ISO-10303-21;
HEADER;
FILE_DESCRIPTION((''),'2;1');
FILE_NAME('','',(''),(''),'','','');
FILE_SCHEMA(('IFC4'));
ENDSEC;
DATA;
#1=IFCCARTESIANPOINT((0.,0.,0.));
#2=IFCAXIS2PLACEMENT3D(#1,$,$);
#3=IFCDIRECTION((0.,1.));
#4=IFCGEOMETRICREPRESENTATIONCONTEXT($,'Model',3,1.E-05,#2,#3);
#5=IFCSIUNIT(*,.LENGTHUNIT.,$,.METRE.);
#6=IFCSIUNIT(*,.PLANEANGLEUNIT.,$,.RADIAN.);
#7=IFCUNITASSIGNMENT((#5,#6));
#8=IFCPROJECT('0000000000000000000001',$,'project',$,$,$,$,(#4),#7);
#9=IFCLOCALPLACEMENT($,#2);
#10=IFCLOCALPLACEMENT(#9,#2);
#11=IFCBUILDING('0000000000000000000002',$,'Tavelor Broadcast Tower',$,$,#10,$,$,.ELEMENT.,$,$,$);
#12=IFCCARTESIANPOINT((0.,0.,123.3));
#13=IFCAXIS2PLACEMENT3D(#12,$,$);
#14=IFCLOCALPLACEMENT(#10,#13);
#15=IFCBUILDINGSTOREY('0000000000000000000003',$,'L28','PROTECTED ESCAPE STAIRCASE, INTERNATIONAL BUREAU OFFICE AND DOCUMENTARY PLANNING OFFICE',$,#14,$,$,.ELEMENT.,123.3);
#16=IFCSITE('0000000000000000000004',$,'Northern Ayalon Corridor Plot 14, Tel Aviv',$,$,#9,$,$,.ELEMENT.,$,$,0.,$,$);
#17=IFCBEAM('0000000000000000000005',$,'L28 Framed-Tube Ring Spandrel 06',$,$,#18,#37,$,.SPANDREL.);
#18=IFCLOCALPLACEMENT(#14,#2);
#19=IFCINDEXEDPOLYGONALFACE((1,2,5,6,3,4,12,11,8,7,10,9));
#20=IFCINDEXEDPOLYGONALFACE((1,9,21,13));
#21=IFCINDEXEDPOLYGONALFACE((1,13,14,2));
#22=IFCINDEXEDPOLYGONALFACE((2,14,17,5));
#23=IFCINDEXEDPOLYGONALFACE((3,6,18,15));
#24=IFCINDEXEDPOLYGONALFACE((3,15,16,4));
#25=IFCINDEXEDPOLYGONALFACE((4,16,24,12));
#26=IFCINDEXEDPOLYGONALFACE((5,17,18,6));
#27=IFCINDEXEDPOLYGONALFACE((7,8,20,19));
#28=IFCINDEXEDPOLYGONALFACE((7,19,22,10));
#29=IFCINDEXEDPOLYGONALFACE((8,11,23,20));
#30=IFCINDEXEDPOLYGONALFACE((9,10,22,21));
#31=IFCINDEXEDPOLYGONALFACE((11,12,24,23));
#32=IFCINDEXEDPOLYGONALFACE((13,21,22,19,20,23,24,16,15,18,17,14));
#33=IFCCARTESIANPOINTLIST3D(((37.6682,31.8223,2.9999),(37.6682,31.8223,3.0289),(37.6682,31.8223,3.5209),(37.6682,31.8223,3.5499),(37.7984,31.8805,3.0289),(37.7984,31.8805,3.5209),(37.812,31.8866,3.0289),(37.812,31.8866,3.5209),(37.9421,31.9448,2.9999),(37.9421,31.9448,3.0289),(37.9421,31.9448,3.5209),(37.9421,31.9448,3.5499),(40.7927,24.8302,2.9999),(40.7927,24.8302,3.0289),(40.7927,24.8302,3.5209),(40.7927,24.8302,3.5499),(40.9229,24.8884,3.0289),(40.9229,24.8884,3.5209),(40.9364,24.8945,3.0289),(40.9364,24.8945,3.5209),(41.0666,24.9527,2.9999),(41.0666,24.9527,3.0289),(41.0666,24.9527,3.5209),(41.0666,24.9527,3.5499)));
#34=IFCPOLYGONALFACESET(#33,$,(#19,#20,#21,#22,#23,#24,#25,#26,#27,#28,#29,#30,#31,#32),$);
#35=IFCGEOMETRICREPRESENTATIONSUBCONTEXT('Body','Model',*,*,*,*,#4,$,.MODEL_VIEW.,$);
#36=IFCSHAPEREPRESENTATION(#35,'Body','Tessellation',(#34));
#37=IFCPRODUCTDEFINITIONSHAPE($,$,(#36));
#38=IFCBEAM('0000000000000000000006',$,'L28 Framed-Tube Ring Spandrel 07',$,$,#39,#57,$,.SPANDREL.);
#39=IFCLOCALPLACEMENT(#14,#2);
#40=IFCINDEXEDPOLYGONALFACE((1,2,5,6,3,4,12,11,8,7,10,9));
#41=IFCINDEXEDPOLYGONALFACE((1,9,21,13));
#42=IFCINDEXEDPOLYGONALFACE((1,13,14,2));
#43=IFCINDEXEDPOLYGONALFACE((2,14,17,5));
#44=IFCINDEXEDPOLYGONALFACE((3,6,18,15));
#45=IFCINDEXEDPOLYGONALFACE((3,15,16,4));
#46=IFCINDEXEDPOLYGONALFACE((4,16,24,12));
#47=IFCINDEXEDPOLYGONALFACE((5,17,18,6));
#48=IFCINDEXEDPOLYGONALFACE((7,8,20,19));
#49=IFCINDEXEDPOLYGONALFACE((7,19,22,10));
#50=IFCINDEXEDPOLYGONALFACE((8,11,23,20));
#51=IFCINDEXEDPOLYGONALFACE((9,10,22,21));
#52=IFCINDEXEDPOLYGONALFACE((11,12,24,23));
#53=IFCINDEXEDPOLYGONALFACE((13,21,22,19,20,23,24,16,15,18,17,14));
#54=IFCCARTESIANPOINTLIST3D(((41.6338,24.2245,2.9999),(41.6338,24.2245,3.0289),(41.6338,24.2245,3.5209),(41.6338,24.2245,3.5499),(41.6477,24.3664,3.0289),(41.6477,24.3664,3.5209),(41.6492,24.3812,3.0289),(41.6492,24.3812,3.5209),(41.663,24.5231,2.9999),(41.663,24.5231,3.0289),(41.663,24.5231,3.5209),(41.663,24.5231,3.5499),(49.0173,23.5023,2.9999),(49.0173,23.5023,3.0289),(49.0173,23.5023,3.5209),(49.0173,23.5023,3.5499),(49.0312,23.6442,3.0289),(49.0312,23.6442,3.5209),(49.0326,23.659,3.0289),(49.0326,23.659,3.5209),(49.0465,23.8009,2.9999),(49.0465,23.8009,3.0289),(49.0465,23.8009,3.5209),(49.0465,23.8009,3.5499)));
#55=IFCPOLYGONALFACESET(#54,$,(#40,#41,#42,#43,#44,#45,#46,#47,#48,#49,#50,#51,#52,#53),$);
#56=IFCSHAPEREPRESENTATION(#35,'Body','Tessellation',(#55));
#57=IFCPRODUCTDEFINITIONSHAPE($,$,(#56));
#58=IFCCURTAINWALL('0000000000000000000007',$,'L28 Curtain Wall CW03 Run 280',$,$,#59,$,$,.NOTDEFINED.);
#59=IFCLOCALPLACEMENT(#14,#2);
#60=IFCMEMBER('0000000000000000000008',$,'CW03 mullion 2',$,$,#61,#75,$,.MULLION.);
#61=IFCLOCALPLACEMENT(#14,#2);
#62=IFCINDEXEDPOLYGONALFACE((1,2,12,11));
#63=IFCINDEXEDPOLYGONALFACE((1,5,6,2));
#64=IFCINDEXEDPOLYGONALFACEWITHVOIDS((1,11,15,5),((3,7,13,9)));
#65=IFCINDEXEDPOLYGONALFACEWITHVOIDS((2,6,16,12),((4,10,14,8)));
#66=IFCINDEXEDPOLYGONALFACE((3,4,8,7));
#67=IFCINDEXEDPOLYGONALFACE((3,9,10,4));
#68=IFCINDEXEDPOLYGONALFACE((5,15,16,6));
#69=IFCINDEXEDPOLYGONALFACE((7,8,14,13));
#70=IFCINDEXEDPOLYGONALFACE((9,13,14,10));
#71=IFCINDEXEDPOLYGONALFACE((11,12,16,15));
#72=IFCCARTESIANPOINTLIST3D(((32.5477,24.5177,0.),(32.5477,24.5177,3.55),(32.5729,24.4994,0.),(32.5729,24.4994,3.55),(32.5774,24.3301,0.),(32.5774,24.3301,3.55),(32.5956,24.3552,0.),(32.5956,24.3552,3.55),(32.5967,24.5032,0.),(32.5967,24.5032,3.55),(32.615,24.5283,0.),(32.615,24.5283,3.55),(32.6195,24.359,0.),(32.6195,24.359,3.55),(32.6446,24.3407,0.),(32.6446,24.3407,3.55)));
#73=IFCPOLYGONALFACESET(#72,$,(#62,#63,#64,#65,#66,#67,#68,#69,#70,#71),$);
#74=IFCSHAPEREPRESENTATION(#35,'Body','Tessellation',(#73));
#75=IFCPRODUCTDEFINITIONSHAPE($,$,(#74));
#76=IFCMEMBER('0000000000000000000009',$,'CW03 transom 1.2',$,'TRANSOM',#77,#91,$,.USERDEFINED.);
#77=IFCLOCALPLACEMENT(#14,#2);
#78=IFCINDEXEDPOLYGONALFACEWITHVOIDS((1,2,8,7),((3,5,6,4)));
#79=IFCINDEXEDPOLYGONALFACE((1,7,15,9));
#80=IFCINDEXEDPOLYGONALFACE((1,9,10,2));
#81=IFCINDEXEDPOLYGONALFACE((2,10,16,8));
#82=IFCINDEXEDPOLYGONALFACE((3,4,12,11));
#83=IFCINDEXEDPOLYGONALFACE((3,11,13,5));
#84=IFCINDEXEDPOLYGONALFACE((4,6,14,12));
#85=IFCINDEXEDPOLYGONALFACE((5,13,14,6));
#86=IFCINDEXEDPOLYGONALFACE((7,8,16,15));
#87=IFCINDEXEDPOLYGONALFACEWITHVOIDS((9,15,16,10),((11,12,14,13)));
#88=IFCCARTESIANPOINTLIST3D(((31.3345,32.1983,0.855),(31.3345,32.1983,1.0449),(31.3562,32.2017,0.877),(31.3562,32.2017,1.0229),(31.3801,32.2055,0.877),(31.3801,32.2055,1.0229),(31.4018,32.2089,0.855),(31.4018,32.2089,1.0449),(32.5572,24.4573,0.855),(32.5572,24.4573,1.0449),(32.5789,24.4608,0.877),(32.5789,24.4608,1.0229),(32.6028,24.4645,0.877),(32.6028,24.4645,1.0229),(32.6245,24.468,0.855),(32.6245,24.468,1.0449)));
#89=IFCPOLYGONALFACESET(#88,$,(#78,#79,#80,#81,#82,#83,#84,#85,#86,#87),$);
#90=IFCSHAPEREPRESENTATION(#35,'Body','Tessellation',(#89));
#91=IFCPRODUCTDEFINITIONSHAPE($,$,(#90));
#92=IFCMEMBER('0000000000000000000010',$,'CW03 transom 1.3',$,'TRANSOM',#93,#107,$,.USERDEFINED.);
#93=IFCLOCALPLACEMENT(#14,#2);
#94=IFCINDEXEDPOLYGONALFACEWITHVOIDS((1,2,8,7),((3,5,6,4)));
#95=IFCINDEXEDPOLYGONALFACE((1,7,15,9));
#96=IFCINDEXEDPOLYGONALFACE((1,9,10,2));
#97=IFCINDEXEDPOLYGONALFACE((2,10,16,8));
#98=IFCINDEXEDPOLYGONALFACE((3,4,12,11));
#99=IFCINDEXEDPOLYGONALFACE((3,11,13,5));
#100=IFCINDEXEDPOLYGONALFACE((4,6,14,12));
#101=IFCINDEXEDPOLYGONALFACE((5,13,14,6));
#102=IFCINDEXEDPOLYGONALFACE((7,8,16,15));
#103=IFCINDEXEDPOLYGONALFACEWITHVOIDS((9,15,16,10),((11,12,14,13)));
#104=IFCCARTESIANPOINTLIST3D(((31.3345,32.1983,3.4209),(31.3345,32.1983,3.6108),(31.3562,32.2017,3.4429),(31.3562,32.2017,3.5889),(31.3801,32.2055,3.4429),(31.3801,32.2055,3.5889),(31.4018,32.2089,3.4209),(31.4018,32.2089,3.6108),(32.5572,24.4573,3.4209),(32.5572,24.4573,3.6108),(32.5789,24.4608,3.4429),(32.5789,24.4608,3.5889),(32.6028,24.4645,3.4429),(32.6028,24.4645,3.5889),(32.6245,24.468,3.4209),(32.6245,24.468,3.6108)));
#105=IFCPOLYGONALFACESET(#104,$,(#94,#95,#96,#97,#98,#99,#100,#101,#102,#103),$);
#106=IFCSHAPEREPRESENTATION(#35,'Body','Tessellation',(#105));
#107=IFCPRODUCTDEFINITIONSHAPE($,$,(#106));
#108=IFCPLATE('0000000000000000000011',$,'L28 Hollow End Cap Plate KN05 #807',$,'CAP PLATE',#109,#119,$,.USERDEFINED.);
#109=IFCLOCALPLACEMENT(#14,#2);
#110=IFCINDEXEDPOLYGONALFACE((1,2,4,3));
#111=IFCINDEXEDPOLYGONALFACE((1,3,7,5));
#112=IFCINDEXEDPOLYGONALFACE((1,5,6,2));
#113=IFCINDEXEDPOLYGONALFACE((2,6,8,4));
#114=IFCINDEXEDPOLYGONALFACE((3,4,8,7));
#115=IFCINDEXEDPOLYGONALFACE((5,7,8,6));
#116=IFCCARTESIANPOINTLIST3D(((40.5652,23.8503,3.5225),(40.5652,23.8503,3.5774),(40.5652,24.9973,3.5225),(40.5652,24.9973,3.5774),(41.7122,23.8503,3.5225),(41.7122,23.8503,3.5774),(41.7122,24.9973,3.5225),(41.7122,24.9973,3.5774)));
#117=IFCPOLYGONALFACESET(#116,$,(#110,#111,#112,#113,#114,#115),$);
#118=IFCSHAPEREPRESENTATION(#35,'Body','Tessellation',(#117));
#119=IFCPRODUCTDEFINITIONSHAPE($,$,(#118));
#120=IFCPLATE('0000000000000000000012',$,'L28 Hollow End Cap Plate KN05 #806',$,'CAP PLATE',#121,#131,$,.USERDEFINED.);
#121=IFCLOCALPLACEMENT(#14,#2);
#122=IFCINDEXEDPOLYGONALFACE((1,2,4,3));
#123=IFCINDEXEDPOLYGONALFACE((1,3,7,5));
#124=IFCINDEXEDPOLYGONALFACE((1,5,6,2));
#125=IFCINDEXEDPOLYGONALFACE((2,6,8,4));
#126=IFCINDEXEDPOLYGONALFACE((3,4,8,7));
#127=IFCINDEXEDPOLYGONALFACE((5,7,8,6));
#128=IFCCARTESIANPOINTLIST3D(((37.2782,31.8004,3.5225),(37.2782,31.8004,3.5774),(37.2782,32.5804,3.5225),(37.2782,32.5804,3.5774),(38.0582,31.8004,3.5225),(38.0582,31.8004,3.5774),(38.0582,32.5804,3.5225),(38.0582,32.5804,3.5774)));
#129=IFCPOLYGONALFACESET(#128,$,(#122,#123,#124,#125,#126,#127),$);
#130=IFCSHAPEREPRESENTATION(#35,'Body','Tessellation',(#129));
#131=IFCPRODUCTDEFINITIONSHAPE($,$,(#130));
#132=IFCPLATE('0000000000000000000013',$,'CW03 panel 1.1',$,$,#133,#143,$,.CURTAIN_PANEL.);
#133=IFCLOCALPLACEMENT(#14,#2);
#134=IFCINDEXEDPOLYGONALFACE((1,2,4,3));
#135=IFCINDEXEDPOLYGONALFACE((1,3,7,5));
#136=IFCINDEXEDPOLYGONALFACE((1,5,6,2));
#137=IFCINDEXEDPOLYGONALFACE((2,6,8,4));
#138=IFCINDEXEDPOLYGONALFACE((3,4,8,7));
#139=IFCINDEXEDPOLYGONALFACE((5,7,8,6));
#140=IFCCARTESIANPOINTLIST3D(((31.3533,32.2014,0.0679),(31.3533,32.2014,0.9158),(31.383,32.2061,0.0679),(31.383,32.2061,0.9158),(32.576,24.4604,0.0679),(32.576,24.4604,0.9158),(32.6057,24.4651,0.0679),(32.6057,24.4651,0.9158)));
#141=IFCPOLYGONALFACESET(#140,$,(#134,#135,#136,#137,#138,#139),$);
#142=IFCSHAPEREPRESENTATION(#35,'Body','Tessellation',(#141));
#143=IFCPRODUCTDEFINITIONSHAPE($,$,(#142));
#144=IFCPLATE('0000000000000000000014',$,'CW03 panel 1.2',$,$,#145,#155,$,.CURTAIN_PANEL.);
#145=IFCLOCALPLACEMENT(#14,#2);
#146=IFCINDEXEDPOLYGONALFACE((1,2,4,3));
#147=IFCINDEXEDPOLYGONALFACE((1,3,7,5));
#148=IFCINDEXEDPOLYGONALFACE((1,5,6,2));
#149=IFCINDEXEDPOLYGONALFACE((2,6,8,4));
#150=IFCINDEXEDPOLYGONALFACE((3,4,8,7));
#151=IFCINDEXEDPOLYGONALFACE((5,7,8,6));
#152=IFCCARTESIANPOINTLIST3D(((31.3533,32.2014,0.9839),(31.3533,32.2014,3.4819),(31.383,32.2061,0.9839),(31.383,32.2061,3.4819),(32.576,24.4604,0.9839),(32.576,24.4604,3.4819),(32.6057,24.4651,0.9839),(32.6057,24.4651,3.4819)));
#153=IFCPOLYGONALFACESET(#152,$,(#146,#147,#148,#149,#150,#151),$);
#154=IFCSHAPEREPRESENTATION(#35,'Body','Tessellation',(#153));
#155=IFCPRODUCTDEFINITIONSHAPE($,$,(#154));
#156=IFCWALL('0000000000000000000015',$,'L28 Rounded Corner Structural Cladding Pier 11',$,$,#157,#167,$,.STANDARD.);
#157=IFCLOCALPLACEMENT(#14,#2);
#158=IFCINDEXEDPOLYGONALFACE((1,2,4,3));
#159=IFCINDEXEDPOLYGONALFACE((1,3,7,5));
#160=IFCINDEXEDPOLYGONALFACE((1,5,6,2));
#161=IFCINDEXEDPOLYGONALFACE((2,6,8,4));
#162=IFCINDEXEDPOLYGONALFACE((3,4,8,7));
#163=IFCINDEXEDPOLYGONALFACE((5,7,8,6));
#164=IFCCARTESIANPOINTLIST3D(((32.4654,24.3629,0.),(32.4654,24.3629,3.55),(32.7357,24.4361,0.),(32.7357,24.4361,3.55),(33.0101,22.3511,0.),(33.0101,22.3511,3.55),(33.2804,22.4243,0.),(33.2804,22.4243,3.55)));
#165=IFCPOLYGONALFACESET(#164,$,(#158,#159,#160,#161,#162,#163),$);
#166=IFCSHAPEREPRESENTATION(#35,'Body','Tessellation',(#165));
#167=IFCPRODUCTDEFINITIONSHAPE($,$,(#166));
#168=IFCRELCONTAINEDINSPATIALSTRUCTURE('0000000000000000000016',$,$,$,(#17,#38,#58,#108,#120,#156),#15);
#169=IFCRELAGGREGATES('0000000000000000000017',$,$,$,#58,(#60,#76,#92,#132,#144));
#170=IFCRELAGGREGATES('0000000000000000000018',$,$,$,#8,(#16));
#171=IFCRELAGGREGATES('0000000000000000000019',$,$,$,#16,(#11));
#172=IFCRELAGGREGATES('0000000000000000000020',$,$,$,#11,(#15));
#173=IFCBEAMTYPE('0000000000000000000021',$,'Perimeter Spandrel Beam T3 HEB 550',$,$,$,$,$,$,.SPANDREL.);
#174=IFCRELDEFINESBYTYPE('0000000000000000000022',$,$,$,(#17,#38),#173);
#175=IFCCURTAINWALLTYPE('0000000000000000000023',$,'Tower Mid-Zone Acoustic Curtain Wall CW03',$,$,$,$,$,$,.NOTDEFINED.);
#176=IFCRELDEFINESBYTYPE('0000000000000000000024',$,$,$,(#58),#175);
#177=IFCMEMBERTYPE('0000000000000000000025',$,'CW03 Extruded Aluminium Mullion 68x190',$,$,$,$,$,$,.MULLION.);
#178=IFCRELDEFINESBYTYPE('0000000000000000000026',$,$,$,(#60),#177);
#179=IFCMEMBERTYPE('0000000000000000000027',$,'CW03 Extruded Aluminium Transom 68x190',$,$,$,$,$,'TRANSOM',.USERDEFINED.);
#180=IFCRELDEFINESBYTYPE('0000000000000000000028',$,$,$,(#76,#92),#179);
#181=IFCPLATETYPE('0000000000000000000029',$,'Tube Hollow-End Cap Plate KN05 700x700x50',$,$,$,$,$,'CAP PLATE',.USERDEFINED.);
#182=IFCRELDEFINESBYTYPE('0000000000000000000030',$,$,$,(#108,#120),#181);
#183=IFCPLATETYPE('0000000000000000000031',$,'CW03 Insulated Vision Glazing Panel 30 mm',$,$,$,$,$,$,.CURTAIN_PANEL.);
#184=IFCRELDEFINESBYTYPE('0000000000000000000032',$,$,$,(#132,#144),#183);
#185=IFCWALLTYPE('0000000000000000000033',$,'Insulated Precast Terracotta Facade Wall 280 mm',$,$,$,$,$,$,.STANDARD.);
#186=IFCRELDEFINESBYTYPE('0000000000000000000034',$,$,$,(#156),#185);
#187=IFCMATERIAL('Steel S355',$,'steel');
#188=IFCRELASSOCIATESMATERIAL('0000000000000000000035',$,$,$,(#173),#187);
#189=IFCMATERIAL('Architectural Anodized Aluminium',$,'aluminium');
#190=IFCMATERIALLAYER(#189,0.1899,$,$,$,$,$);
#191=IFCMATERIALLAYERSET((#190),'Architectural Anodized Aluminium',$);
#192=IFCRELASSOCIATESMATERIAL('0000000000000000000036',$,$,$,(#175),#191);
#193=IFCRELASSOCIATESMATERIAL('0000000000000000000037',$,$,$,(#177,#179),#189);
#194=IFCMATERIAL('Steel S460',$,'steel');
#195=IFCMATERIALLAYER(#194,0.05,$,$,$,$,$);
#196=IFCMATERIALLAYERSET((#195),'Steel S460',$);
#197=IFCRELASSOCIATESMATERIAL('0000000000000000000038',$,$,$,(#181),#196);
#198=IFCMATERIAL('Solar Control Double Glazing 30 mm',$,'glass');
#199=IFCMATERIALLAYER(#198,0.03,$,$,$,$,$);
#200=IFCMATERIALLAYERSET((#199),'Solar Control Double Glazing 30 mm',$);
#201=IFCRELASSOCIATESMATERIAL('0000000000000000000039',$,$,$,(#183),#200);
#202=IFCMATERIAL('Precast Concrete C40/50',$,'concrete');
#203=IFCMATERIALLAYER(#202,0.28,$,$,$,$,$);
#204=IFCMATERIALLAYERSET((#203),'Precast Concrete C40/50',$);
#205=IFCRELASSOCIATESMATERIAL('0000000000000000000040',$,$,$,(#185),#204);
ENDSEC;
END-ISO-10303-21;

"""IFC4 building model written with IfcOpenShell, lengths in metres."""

from ifc_helpers import new_model, si_unit, direction, frame, frame_2d, origin, origin_2d, place, context, subcontext, project, spatial, rectangle, hollow_rectangle, i_section, extrude, source, transform, mapped, material, layer, layer_set, material_profile, profile_set, type_object, type_shapes, element, aggregate, save


model = new_model("IFC4")

# Units and contexts
model_context = context("Model", 3, precision=1e-05, world=origin(), true_north=direction((0.0, 1.0)))
body_context = subcontext(model_context, "Body", "Model", "MODEL_VIEW")
ifc_project = project(units=[si_unit("LENGTHUNIT", "METRE"), si_unit("PLANEANGLEUNIT", "RADIAN")], contexts=[model_context])

# Site, building, storey
site_placement = place(None, origin())
site = spatial("IfcSite", under=ifc_project, at=site_placement, Name="Northern Ayalon Corridor Plot 14, Tel Aviv", CompositionType="ELEMENT", RefElevation=0.0)
building_placement = place(site_placement, origin())
building = spatial("IfcBuilding", under=site, at=building_placement, Name="Tavelor Broadcast Tower", CompositionType="ELEMENT")
storey_placement = place(building_placement, frame((0.0, 0.0, 123.3)))
storey = spatial("IfcBuildingStorey", under=building, at=storey_placement, Name="L28", Description="PROTECTED ESCAPE STAIRCASE, INTERNATIONAL BUREAU OFFICE AND DOCUMENTARY PLANNING OFFICE", CompositionType="ELEMENT", Elevation=123.3)

# Shared definitions
ifc_material_1 = material(Name="Steel S460", Category="steel")

# Beams
ifc_material_2 = material(Name="Steel S355", Category="steel")
ifc_material_profile_1 = material_profile(ifc_material_2, i_section(OverallWidth=0.3, OverallDepth=0.55, WebThickness=0.0149, FlangeThickness=0.0291, at=origin_2d()), Name="HEB 550")
ifc_profile_set_1 = profile_set([ifc_material_profile_1], Name="Steel S355")
beam_type_1 = type_object("IfcBeamType", Name="Perimeter Spandrel Beam T3 HEB 550", PredefinedType="SPANDREL", material=ifc_profile_set_1)
beam_1_placement = place(storey_placement, frame((37.8052, 31.8835, 3.2749), z_axis=(0.407977, -0.912992, 0.0), x_axis=(0.912992, 0.407977, 0.0)))
element("IfcBeam", 1, at=beam_1_placement, inside=storey, type_object=beam_type_1, Name="L28 Framed-Tube Ring Spandrel 06", PredefinedType="SPANDREL", context=body_context, shape_type="SweptSolid", body=[
    extrude(i_section(OverallWidth=0.3, OverallDepth=0.55, WebThickness=0.0149, FlangeThickness=0.0291, at=origin_2d()), origin(), (0.0, 0.0, 1.0), 7.6584),
])
beam_2_placement = place(storey_placement, frame((41.6484, 24.3738, 3.2749), z_axis=(0.995251, -0.097343, 0.0), x_axis=(0.097343, 0.995251, 0.0)))
element("IfcBeam", 2, at=beam_2_placement, inside=storey, type_object=beam_type_1, Name="L28 Framed-Tube Ring Spandrel 07", PredefinedType="SPANDREL", context=body_context, shape_type="SweptSolid", body=[
    extrude(i_section(OverallWidth=0.3, OverallDepth=0.55, WebThickness=0.0149, FlangeThickness=0.0291, at=origin_2d()), origin(), (0.0, 0.0, 1.0), 7.4187),
])

# Curtain wall, members
ifc_material_3 = material(Name="Architectural Anodized Aluminium", Category="aluminium")
ifc_layer_1 = layer(ifc_material_3, 0.1899)
ifc_layer_set_1 = layer_set([ifc_layer_1], Name="Architectural Anodized Aluminium")
curtain_wall_type = type_object("IfcCurtainWallType", Name="Tower Mid-Zone Acoustic Curtain Wall CW03", PredefinedType="NOTDEFINED", material=ifc_layer_set_1)
curtain_wall_placement = place(storey_placement, origin())
curtain_wall = element("IfcCurtainWall", 3, at=curtain_wall_placement, inside=storey, type_object=curtain_wall_type, Name="L28 Curtain Wall CW03 Run 280", PredefinedType="NOTDEFINED")
ifc_material_profile_2 = material_profile(ifc_material_3, hollow_rectangle(XDim=0.0681, YDim=0.1899, WallThickness=0.022, at=origin_2d()), Name="RHS 68x190x22")
ifc_profile_set_2 = profile_set([ifc_material_profile_2], Name="Architectural Anodized Aluminium")
member_type_1 = type_object("IfcMemberType", Name="CW03 Extruded Aluminium Mullion 68x190", PredefinedType="MULLION", material=ifc_profile_set_2)
shared_shape_1 = source(origin(), body_context, "Body", "SweptSolid", [
    extrude(hollow_rectangle(XDim=0.0681, YDim=0.1899, WallThickness=0.022, at=origin_2d()), origin(), (0.0, 0.0, 1.0), 3.55),
])
type_shapes(member_type_1, [shared_shape_1])
member_1_placement = place(storey_placement, frame((32.5962, 24.4292, 0.0), z_axis=(0.0, 0.0, 1.0), x_axis=(0.987755, 0.156015, 0.0)))
member_1 = element("IfcMember", 4, at=member_1_placement, type_object=member_type_1, Name="CW03 mullion 2", PredefinedType="MULLION", context=body_context, shape_type="MappedRepresentation", body=[
    mapped(shared_shape_1, transform((0.0, 0.0, 0.0), scale=1.0)),
])
ifc_material_profile_3 = material_profile(ifc_material_3, hollow_rectangle(XDim=0.0681, YDim=0.1899, WallThickness=0.022, at=origin_2d()), Name="RHS 68x190x22")
ifc_profile_set_3 = profile_set([ifc_material_profile_3], Name="Architectural Anodized Aluminium")
member_type_2 = type_object("IfcMemberType", Name="CW03 Extruded Aluminium Transom 68x190", ElementType="TRANSOM", PredefinedType="USERDEFINED", material=ifc_profile_set_3)
shared_shape_2 = source(origin(), body_context, "Body", "SweptSolid", [
    extrude(hollow_rectangle(XDim=0.0681, YDim=0.1899, WallThickness=0.022, at=origin_2d()), origin(), (0.0, 0.0, 1.0), 7.8369),
])
type_shapes(member_type_2, [shared_shape_2])
member_2_placement = place(storey_placement, frame((31.3682, 32.2036, 0.95), z_axis=(0.156012, -0.987755, 0.0), x_axis=(0.987755, 0.156012, 0.0)))
member_2 = element("IfcMember", 5, at=member_2_placement, type_object=member_type_2, Name="CW03 transom 1.2", ObjectType="TRANSOM", PredefinedType="USERDEFINED", context=body_context, shape_type="MappedRepresentation", body=[
    mapped(shared_shape_2, transform((0.0, 0.0, 0.0), scale=1.0)),
])
member_3_placement = place(storey_placement, frame((31.3682, 32.2036, 3.5159), z_axis=(0.156012, -0.987755, 0.0), x_axis=(0.987755, 0.156012, 0.0)))
member_3 = element("IfcMember", 6, at=member_3_placement, type_object=member_type_2, Name="CW03 transom 1.3", ObjectType="TRANSOM", PredefinedType="USERDEFINED", context=body_context, shape_type="MappedRepresentation", body=[
    mapped(shared_shape_2, transform((0.0, 0.0, 0.0), scale=1.0)),
])

# Plates
ifc_layer_2 = layer(ifc_material_1, 0.05)
ifc_layer_set_2 = layer_set([ifc_layer_2], Name="Steel S460")
plate_type_1 = type_object("IfcPlateType", Name="Tube Hollow-End Cap Plate KN05 700x700x50", ElementType="CAP PLATE", PredefinedType="USERDEFINED", material=ifc_layer_set_2)
shared_shape_3 = source(origin(), body_context, "Body", "SweptSolid", [
    extrude(rectangle(XDim=1.147, YDim=1.147, at=origin_2d()), origin(), (0.0, 0.0, 1.0), 0.0549),
])
plate_1_placement = place(storey_placement, frame((41.1387, 24.4238, 3.5225), z_axis=(0.0, 0.0, 1.0), x_axis=(1.0, 0.0, 0.0)))
element("IfcPlate", 7, at=plate_1_placement, inside=storey, type_object=plate_type_1, Name="L28 Hollow End Cap Plate KN05 #807", ObjectType="CAP PLATE", PredefinedType="USERDEFINED", context=body_context, shape_type="MappedRepresentation", body=[
    mapped(shared_shape_3, transform((0.0, 0.0, 0.0), scale=1.0)),
])
shared_shape_4 = source(origin(), body_context, "Body", "SweptSolid", [
    extrude(rectangle(XDim=0.78, YDim=0.78, at=origin_2d()), origin(), (0.0, 0.0, 1.0), 0.0549),
])
type_shapes(plate_type_1, [shared_shape_3, shared_shape_4])
plate_2_placement = place(storey_placement, frame((37.6682, 32.1904, 3.5225), z_axis=(0.0, 0.0, 1.0), x_axis=(1.0, 0.0, 0.0)))
element("IfcPlate", 8, at=plate_2_placement, inside=storey, type_object=plate_type_1, Name="L28 Hollow End Cap Plate KN05 #806", ObjectType="CAP PLATE", PredefinedType="USERDEFINED", context=body_context, shape_type="MappedRepresentation", body=[
    mapped(shared_shape_4, transform((0.0, 0.0, 0.0), scale=1.0)),
])

# Plates
ifc_material_4 = material(Name="Solar Control Double Glazing 30 mm", Category="glass")
ifc_layer_3 = layer(ifc_material_4, 0.03)
ifc_layer_set_3 = layer_set([ifc_layer_3], Name="Solar Control Double Glazing 30 mm")
plate_type_2 = type_object("IfcPlateType", Name="CW03 Insulated Vision Glazing Panel 30 mm", PredefinedType="CURTAIN_PANEL", material=ifc_layer_set_3)
shared_shape_5 = source(origin(), body_context, "Body", "SweptSolid", [
    extrude(rectangle(XDim=7.8369, YDim=0.03, at=origin_2d()), origin(), (0.0, 0.0, 1.0), 0.8479),
])
plate_3_placement = place(storey_placement, frame((31.9795, 28.3333, 0.0679), z_axis=(0.0, 0.0, 1.0), x_axis=(0.156015, -0.987755, 0.0)))
plate_3 = element("IfcPlate", 9, at=plate_3_placement, type_object=plate_type_2, Name="CW03 panel 1.1", PredefinedType="CURTAIN_PANEL", context=body_context, shape_type="MappedRepresentation", body=[
    mapped(shared_shape_5, transform((0.0, 0.0, 0.0), scale=1.0)),
])
shared_shape_6 = source(origin(), body_context, "Body", "SweptSolid", [
    extrude(rectangle(XDim=7.8369, YDim=0.03, at=origin_2d()), origin(), (0.0, 0.0, 1.0), 2.498),
])
type_shapes(plate_type_2, [shared_shape_5, shared_shape_6])
plate_4_placement = place(storey_placement, frame((31.9795, 28.3333, 0.9839), z_axis=(0.0, 0.0, 1.0), x_axis=(0.156015, -0.987755, 0.0)))
plate_4 = element("IfcPlate", 10, at=plate_4_placement, type_object=plate_type_2, Name="CW03 panel 1.2", PredefinedType="CURTAIN_PANEL", context=body_context, shape_type="MappedRepresentation", body=[
    mapped(shared_shape_6, transform((0.0, 0.0, 0.0), scale=1.0)),
])
aggregate(curtain_wall, [member_1, member_2, member_3, plate_3, plate_4])

# Wall
ifc_material_5 = material(Name="Precast Concrete C40/50", Category="concrete")
ifc_layer_4 = layer(ifc_material_5, 0.28)
ifc_layer_set_4 = layer_set([ifc_layer_4], Name="Precast Concrete C40/50")
wall_type_1 = type_object("IfcWallType", Name="Insulated Precast Terracotta Facade Wall 280 mm", PredefinedType="STANDARD", material=ifc_layer_set_4)
wall_1_placement = place(storey_placement, frame((32.6006, 24.3994, 0.0), z_axis=(0.0, 0.0, 1.0), x_axis=(0.261343, -0.965246, 0.0)))
element("IfcWall", 11, at=wall_1_placement, inside=storey, type_object=wall_type_1, Name="L28 Rounded Corner Structural Cladding Pier 11", PredefinedType="STANDARD", context=body_context, shape_type="SweptSolid", body=[
    extrude(rectangle(XDim=2.0842, YDim=0.28, at=frame_2d((1.042, 0.0))), origin(), (0.0, 0.0, 1.0), 3.55),
])

save(model, "model.ifc")
